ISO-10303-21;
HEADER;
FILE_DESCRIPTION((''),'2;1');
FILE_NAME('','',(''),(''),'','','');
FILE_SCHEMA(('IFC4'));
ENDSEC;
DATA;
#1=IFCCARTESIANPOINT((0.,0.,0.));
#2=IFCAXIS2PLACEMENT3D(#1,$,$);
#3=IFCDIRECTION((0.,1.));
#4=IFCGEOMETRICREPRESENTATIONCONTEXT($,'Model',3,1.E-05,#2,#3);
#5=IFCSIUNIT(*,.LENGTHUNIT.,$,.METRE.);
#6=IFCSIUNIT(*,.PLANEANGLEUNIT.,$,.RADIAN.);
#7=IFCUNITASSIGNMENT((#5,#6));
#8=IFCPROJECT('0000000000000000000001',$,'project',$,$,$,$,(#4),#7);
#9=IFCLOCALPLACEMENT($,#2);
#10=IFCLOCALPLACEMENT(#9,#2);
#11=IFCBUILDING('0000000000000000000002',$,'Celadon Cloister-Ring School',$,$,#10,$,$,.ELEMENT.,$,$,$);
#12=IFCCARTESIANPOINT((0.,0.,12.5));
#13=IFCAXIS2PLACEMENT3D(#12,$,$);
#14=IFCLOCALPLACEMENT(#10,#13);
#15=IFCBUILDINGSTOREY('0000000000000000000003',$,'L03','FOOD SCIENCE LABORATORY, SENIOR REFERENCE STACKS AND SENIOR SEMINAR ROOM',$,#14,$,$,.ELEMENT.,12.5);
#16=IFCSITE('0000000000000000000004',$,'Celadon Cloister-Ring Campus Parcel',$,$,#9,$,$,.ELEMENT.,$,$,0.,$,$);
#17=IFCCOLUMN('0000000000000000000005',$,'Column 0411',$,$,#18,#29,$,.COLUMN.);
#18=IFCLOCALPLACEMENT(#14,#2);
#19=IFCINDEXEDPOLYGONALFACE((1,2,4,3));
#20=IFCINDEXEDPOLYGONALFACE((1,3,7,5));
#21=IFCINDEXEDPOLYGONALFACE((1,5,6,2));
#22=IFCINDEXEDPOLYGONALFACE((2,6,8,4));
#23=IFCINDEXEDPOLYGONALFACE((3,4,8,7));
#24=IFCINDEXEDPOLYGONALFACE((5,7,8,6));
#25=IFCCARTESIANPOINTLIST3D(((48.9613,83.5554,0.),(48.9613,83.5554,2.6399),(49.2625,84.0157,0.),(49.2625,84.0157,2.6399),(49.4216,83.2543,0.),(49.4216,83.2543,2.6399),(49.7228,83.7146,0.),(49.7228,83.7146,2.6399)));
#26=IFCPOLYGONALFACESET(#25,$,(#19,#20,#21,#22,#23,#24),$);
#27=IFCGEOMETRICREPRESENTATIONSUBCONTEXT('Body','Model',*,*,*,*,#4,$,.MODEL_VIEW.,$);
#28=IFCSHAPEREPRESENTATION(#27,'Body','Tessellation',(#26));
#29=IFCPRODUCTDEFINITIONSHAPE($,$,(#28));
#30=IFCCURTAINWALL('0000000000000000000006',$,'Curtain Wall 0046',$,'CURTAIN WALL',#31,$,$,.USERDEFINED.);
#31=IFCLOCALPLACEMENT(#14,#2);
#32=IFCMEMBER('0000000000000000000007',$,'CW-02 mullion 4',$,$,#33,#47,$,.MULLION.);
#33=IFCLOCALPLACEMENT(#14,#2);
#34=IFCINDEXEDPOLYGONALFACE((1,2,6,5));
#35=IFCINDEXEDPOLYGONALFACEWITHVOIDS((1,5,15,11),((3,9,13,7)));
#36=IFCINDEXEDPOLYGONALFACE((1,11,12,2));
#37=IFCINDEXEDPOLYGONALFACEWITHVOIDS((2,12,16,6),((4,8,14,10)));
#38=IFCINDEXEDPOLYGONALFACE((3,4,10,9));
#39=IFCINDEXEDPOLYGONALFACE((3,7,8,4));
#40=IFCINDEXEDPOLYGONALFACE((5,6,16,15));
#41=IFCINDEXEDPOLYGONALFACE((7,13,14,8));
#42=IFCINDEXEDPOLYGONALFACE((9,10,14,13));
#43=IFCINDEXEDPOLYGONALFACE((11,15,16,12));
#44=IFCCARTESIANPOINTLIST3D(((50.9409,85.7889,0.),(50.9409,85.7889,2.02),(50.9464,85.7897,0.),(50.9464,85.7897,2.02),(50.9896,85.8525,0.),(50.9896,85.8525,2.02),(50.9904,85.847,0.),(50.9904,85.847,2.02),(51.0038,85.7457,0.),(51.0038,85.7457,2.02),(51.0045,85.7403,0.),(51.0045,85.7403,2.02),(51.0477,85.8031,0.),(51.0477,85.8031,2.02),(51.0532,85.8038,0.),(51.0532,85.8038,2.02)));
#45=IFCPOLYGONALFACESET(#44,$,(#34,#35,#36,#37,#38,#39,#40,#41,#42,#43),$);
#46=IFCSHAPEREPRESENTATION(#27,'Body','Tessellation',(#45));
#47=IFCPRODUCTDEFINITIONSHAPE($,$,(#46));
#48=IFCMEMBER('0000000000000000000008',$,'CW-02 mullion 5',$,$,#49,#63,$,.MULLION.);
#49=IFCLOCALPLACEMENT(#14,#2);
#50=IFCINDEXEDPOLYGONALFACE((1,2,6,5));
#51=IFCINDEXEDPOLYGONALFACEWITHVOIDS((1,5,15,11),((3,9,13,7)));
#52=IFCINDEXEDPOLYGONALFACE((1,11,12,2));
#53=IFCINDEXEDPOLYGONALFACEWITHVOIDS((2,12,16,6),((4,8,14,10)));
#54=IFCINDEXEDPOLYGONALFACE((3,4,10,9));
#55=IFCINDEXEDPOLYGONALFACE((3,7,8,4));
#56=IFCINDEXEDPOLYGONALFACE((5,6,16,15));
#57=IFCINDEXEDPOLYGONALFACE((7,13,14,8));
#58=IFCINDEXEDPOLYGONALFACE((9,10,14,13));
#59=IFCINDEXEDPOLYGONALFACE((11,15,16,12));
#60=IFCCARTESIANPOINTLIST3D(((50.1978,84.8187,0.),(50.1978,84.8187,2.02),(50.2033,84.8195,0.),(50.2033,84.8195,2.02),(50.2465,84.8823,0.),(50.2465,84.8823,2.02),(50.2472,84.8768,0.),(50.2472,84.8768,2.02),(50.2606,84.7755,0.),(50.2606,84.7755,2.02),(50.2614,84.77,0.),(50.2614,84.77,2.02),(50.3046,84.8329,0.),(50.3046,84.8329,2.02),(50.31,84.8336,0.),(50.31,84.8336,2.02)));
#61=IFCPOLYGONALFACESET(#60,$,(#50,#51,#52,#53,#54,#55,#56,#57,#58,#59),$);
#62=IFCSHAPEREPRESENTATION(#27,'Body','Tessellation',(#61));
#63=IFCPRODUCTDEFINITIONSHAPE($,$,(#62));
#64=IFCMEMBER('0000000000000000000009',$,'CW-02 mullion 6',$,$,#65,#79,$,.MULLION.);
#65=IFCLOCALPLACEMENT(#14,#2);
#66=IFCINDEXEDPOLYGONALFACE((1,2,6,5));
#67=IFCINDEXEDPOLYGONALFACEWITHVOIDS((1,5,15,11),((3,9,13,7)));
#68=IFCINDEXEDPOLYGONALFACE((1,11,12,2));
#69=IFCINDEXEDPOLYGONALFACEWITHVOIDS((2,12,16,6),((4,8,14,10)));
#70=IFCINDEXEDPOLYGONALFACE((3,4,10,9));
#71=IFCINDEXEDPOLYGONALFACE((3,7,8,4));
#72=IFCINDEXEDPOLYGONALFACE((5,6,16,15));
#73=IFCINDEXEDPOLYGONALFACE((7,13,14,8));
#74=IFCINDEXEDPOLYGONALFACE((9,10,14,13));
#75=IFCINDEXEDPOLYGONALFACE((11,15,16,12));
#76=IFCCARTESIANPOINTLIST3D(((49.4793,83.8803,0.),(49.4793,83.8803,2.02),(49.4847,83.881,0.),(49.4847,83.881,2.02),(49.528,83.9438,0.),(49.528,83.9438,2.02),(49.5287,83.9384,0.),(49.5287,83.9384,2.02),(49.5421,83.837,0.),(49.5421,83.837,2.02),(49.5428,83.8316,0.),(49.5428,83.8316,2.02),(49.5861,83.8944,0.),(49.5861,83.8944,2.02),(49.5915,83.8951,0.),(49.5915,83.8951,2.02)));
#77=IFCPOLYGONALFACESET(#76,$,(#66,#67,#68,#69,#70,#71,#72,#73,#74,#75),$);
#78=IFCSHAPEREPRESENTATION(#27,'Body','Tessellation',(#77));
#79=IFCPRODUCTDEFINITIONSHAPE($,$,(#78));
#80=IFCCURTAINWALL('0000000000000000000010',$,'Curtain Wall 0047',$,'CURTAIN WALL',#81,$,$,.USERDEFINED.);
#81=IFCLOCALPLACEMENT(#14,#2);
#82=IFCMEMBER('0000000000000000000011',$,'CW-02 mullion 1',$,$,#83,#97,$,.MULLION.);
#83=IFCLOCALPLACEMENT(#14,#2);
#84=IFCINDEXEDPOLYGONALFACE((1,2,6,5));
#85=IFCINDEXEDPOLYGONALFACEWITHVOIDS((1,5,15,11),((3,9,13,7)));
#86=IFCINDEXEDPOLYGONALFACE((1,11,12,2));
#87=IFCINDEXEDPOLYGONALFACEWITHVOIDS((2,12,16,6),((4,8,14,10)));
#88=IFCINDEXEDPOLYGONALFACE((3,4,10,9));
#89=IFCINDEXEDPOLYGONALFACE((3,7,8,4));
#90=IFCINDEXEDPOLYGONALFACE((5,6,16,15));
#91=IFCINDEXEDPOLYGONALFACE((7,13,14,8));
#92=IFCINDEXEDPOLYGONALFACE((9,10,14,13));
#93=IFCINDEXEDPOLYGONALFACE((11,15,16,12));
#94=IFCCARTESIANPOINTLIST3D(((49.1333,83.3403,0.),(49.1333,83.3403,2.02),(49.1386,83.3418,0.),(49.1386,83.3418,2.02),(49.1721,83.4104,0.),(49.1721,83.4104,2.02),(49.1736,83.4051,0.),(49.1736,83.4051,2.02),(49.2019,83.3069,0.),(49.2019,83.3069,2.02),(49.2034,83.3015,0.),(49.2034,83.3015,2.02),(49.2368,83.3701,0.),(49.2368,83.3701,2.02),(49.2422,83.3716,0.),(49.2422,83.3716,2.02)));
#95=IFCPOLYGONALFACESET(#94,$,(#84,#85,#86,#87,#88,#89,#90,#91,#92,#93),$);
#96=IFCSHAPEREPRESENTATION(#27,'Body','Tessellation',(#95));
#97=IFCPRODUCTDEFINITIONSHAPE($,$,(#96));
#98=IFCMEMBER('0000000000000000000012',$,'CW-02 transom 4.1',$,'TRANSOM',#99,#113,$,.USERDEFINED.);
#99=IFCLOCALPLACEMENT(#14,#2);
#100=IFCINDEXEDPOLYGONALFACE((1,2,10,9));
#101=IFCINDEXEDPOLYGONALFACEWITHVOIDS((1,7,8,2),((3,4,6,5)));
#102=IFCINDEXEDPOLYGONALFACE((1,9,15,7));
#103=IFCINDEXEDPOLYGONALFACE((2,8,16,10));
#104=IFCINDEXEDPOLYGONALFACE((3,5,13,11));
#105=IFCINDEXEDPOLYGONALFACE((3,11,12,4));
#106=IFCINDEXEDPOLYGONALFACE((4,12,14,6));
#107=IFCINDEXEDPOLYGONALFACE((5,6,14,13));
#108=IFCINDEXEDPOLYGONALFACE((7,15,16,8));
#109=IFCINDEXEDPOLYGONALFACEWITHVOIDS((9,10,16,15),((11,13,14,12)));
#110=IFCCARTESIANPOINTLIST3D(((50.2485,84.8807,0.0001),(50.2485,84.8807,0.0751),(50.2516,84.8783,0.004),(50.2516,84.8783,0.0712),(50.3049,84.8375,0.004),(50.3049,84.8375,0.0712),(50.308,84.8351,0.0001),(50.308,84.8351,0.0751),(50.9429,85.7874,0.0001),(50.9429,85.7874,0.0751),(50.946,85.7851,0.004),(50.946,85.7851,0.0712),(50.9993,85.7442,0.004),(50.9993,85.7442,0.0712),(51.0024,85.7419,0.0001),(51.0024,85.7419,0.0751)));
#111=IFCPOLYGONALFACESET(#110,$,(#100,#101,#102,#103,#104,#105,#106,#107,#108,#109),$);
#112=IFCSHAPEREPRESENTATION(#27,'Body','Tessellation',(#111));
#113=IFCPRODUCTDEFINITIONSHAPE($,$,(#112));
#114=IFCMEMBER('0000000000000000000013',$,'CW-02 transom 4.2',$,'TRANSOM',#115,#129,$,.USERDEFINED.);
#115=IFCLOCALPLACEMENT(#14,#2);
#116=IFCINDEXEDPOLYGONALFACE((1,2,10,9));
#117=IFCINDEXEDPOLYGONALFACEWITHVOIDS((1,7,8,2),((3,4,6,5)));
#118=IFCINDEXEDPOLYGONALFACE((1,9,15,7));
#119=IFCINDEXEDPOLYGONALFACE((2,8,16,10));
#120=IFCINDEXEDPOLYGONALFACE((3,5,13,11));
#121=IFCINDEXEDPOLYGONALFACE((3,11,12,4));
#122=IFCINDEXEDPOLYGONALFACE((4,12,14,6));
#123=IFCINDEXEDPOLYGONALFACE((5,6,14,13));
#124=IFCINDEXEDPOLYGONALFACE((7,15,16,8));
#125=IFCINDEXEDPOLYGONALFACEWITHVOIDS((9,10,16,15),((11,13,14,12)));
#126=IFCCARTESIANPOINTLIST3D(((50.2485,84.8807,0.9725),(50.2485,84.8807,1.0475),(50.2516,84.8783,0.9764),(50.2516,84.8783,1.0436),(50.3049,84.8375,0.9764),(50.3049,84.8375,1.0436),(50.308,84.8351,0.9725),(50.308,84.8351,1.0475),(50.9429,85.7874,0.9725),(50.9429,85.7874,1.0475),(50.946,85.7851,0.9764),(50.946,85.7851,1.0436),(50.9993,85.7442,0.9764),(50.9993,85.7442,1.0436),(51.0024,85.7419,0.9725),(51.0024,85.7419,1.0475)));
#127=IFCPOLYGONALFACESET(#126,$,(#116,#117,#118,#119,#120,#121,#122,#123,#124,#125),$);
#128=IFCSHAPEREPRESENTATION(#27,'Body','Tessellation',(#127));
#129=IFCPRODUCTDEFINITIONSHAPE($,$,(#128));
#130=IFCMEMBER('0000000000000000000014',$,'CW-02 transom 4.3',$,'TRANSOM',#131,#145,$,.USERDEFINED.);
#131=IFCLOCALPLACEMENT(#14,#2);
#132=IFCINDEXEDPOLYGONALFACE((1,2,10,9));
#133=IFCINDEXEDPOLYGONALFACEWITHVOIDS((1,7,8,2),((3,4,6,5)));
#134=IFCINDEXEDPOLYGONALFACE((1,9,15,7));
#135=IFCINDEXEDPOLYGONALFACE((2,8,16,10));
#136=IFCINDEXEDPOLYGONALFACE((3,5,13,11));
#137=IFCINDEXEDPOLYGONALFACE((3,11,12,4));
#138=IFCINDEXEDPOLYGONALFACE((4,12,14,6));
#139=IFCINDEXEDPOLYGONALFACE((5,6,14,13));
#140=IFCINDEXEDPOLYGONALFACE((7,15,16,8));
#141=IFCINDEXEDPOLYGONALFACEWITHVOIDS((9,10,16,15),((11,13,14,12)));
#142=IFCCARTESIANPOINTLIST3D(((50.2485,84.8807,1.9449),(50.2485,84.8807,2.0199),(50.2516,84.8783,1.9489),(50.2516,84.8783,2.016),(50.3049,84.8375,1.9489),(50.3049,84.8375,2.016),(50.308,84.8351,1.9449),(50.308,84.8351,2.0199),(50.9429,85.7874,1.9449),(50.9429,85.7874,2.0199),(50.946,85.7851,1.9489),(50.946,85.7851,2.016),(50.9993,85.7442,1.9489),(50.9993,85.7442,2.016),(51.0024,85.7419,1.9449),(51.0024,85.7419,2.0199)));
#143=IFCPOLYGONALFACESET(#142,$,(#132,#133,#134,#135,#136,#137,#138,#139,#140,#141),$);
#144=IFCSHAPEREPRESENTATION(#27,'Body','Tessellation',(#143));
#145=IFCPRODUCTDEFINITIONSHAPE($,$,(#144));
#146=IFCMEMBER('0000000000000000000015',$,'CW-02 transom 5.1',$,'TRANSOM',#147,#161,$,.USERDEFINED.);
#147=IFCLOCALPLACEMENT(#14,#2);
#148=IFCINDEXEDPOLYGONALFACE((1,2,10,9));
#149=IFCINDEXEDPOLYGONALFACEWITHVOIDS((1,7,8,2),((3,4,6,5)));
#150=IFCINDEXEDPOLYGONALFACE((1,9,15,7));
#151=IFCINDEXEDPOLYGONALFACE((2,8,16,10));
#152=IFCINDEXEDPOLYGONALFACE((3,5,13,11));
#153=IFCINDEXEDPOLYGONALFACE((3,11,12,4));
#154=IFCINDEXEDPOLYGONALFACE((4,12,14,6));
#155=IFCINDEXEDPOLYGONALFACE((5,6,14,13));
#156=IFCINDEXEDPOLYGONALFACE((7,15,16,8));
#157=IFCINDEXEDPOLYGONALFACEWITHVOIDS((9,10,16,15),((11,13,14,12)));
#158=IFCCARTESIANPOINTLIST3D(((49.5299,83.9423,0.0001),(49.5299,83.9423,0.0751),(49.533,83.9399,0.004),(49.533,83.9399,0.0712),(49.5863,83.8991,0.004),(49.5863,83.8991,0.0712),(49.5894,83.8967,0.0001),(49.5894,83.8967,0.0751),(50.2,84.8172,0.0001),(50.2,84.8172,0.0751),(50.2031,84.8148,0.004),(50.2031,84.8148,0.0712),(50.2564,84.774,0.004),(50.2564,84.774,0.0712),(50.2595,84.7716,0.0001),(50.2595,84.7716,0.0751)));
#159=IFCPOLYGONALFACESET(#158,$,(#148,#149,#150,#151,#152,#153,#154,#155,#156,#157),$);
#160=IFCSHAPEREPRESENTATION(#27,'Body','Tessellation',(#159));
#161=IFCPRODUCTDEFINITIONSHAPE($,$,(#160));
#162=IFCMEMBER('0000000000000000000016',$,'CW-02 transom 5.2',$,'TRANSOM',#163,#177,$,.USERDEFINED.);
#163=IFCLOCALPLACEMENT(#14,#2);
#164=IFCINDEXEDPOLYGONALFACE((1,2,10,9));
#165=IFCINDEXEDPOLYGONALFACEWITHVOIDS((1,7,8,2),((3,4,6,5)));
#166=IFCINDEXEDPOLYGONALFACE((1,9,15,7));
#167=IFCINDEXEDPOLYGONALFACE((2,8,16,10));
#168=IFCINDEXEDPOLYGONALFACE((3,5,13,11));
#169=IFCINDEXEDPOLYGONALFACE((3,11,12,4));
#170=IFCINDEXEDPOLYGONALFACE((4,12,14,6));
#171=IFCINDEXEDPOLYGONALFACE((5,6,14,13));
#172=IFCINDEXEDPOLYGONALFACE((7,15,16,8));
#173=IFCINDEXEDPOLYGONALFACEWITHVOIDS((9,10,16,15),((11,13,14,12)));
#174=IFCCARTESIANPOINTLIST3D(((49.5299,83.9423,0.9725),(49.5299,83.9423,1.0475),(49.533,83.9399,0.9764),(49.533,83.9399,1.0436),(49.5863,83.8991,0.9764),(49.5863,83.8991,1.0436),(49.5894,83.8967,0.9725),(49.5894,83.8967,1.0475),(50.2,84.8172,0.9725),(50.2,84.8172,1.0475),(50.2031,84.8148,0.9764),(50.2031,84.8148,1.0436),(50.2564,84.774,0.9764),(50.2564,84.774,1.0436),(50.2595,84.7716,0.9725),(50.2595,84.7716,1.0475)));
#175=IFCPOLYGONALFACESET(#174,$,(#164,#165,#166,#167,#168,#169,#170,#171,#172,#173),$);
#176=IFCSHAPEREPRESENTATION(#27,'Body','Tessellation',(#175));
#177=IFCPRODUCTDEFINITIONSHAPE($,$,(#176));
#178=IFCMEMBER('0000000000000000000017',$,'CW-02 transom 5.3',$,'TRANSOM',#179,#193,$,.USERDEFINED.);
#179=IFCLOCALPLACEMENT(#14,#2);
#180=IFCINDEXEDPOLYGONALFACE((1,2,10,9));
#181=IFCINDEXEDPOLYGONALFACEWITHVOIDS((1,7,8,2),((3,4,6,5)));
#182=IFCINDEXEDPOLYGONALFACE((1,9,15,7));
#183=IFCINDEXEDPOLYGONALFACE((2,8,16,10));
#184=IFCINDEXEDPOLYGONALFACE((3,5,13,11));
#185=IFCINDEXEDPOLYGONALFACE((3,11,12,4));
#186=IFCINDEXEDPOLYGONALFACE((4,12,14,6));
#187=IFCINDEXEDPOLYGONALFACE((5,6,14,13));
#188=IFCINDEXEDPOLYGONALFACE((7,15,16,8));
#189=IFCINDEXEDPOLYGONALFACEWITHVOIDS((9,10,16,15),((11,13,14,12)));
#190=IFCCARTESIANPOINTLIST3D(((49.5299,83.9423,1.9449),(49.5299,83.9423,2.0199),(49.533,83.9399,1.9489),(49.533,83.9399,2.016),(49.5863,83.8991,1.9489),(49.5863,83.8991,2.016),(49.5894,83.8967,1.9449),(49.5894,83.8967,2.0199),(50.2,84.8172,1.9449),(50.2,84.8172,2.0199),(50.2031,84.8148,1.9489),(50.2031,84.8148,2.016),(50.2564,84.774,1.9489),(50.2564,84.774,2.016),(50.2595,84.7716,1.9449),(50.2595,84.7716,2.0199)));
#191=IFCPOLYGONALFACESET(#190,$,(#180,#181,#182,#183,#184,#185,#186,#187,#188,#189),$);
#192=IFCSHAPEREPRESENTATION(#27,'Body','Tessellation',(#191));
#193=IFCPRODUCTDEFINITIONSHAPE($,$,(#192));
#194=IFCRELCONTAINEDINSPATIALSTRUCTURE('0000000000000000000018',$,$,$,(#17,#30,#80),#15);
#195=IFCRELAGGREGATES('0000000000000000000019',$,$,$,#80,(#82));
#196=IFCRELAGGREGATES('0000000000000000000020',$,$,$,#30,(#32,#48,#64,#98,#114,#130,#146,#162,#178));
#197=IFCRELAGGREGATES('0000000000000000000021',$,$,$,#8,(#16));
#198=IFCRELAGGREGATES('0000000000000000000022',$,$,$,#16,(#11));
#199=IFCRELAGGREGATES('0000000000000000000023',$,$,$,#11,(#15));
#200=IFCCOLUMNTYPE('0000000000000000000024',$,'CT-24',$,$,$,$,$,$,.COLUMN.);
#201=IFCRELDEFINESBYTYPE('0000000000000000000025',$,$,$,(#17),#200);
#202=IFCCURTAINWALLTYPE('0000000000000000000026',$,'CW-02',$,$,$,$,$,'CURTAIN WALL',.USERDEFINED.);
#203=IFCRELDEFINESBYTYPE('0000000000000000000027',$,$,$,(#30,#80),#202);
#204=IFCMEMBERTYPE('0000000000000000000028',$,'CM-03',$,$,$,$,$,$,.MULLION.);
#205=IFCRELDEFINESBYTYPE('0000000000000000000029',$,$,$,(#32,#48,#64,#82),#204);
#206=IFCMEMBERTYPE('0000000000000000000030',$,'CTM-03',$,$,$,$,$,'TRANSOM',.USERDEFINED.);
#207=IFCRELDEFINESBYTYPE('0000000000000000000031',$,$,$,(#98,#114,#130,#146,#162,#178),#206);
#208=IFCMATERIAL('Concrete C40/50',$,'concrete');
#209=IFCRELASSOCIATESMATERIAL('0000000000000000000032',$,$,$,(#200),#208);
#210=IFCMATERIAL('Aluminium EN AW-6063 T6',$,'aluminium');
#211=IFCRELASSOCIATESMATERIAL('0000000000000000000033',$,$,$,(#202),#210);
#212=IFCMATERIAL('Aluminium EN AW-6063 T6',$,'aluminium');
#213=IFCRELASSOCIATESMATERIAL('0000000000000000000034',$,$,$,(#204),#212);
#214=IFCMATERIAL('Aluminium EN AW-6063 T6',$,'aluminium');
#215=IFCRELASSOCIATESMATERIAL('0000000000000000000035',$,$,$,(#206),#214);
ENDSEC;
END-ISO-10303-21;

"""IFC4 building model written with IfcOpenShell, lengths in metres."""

from ifc_helpers import new_model, si_unit, direction, frame, origin, origin_2d, place, context, subcontext, project, spatial, rectangle, hollow_rectangle, extrude, material, material_profile, profile_set, type_object, element, aggregate, save


model = new_model("IFC4")

# Units and contexts
model_context = context("Model", 3, precision=1e-05, world=origin(), true_north=direction((0.0, 1.0)))
body_context = subcontext(model_context, "Body", "Model", "MODEL_VIEW")
ifc_project = project(units=[si_unit("LENGTHUNIT", "METRE"), si_unit("PLANEANGLEUNIT", "RADIAN")], contexts=[model_context])

# Site, building, storey
site_placement = place(None, origin())
site = spatial("IfcSite", under=ifc_project, at=site_placement, Name="Celadon Cloister-Ring Campus Parcel", CompositionType="ELEMENT", RefElevation=0.0)
building_placement = place(site_placement, origin())
building = spatial("IfcBuilding", under=site, at=building_placement, Name="Celadon Cloister-Ring School", CompositionType="ELEMENT")
storey_placement = place(building_placement, frame((0.0, 0.0, 12.5)))
storey = spatial("IfcBuildingStorey", under=building, at=storey_placement, Name="L03", Description="FOOD SCIENCE LABORATORY, SENIOR REFERENCE STACKS AND SENIOR SEMINAR ROOM", CompositionType="ELEMENT", Elevation=12.5)

# Column
ifc_material_1 = material(Name="Concrete C40/50", Category="concrete")
ifc_material_profile_1 = material_profile(ifc_material_1, rectangle(XDim=0.55, YDim=0.55, at=origin_2d()), Name="RC550X550")
ifc_profile_set_1 = profile_set([ifc_material_profile_1], Name="Concrete C40/50")
column_type = type_object("IfcColumnType", Name="CT-24", PredefinedType="COLUMN", material=ifc_profile_set_1)
column_placement = place(storey_placement, frame((49.342, 83.635, 0.0), z_axis=(0.0, 0.0, 1.0), x_axis=(-0.836841, 0.547446, 0.0)))
element("IfcColumn", 1, at=column_placement, inside=storey, type_object=column_type, Name="Column 0411", PredefinedType="COLUMN", context=body_context, shape_type="SweptSolid", body=[
    extrude(rectangle(XDim=0.55, YDim=0.55, at=origin_2d()), origin(), (0.0, 0.0, 1.0), 2.6399),
])

# Curtain wall, members
ifc_material_2 = material(Name="Aluminium EN AW-6063 T6", Category="aluminium")
curtain_wall_type = type_object("IfcCurtainWallType", Name="CW-02", ElementType="CURTAIN WALL", PredefinedType="USERDEFINED", material=ifc_material_2)
curtain_wall_1_placement = place(storey_placement, origin())
curtain_wall_1 = element("IfcCurtainWall", 2, at=curtain_wall_1_placement, inside=storey, type_object=curtain_wall_type, Name="Curtain Wall 0046", ObjectType="CURTAIN WALL", PredefinedType="USERDEFINED")
ifc_material_3 = material(Name="Aluminium EN AW-6063 T6", Category="aluminium")
ifc_material_profile_2 = material_profile(ifc_material_3, hollow_rectangle(XDim=0.0801, YDim=0.0801, WallThickness=0.0039, at=origin_2d()), Name="RHS80X80X4")
ifc_profile_set_2 = profile_set([ifc_material_profile_2], Name="Aluminium EN AW-6063 T6")
member_type_1 = type_object("IfcMemberType", Name="CM-03", PredefinedType="MULLION", material=ifc_profile_set_2)
member_1_placement = place(storey_placement, frame((50.9971, 85.7964, 0.0), z_axis=(0.0, 0.0, 1.0), x_axis=(0.79393, -0.608009, 0.0)))
member_1 = element("IfcMember", 3, at=member_1_placement, type_object=member_type_1, Name="CW-02 mullion 4", PredefinedType="MULLION", context=body_context, shape_type="SweptSolid", body=[
    extrude(hollow_rectangle(XDim=0.0801, YDim=0.0801, WallThickness=0.0039, at=origin_2d()), origin(), (0.0, 0.0, 1.0), 2.02),
])
member_2_placement = place(storey_placement, frame((50.2539, 84.8262, 0.0), z_axis=(0.0, 0.0, 1.0), x_axis=(0.79393, -0.608009, 0.0)))
member_2 = element("IfcMember", 4, at=member_2_placement, type_object=member_type_1, Name="CW-02 mullion 5", PredefinedType="MULLION", context=body_context, shape_type="SweptSolid", body=[
    extrude(hollow_rectangle(XDim=0.0801, YDim=0.0801, WallThickness=0.0039, at=origin_2d()), origin(), (0.0, 0.0, 1.0), 2.02),
])
member_3_placement = place(storey_placement, frame((49.5354, 83.8877, 0.0), z_axis=(0.0, 0.0, 1.0), x_axis=(0.79393, -0.608009, 0.0)))
member_3 = element("IfcMember", 5, at=member_3_placement, type_object=member_type_1, Name="CW-02 mullion 6", PredefinedType="MULLION", context=body_context, shape_type="SweptSolid", body=[
    extrude(hollow_rectangle(XDim=0.0801, YDim=0.0801, WallThickness=0.0039, at=origin_2d()), origin(), (0.0, 0.0, 1.0), 2.02),
])

# Curtain wall, member
curtain_wall_2_placement = place(storey_placement, origin())
curtain_wall_2 = element("IfcCurtainWall", 6, at=curtain_wall_2_placement, inside=storey, type_object=curtain_wall_type, Name="Curtain Wall 0047", ObjectType="CURTAIN WALL", PredefinedType="USERDEFINED")
member_4_placement = place(storey_placement, frame((49.1877, 83.356, 0.0), z_axis=(0.0, 0.0, 1.0), x_axis=(0.875128, -0.483891, 0.0)))
member_4 = element("IfcMember", 7, at=member_4_placement, type_object=member_type_1, Name="CW-02 mullion 1", PredefinedType="MULLION", context=body_context, shape_type="SweptSolid", body=[
    extrude(hollow_rectangle(XDim=0.0801, YDim=0.0801, WallThickness=0.0039, at=origin_2d()), origin(), (0.0, 0.0, 1.0), 2.02),
])

# Members
ifc_material_4 = material(Name="Aluminium EN AW-6063 T6", Category="aluminium")
ifc_material_profile_3 = material_profile(ifc_material_4, hollow_rectangle(XDim=0.075, YDim=0.075, WallThickness=0.0039, at=origin_2d()), Name="RHS75X75X4")
ifc_profile_set_3 = profile_set([ifc_material_profile_3], Name="Aluminium EN AW-6063 T6")
member_type_2 = type_object("IfcMemberType", Name="CTM-03", ElementType="TRANSOM", PredefinedType="USERDEFINED", material=ifc_profile_set_3)
member_5_placement = place(storey_placement, frame((50.9727, 85.7646, 0.0376), z_axis=(-0.607974, -0.793957, 0.0), x_axis=(0.793957, -0.607974, 0.0)))
member_5 = element("IfcMember", 8, at=member_5_placement, type_object=member_type_2, Name="CW-02 transom 4.1", ObjectType="TRANSOM", PredefinedType="USERDEFINED", context=body_context, shape_type="SweptSolid", body=[
    extrude(hollow_rectangle(XDim=0.075, YDim=0.075, WallThickness=0.0039, at=origin_2d()), origin(), (0.0, 0.0, 1.0), 1.1421),
])
member_6_placement = place(storey_placement, frame((50.9727, 85.7646, 1.01), z_axis=(-0.607974, -0.793957, 0.0), x_axis=(0.793957, -0.607974, 0.0)))
member_6 = element("IfcMember", 9, at=member_6_placement, type_object=member_type_2, Name="CW-02 transom 4.2", ObjectType="TRANSOM", PredefinedType="USERDEFINED", context=body_context, shape_type="SweptSolid", body=[
    extrude(hollow_rectangle(XDim=0.075, YDim=0.075, WallThickness=0.0039, at=origin_2d()), origin(), (0.0, 0.0, 1.0), 1.1421),
])
member_7_placement = place(storey_placement, frame((50.9727, 85.7646, 1.9824), z_axis=(-0.607974, -0.793957, 0.0), x_axis=(0.793957, -0.607974, 0.0)))
member_7 = element("IfcMember", 10, at=member_7_placement, type_object=member_type_2, Name="CW-02 transom 4.3", ObjectType="TRANSOM", PredefinedType="USERDEFINED", context=body_context, shape_type="SweptSolid", body=[
    extrude(hollow_rectangle(XDim=0.075, YDim=0.075, WallThickness=0.0039, at=origin_2d()), origin(), (0.0, 0.0, 1.0), 1.1421),
])
member_8_placement = place(storey_placement, frame((50.2297, 84.7944, 0.0376), z_axis=(-0.60805, -0.793899, 0.0), x_axis=(0.793899, -0.60805, 0.0)))
member_8 = element("IfcMember", 11, at=member_8_placement, type_object=member_type_2, Name="CW-02 transom 5.1", ObjectType="TRANSOM", PredefinedType="USERDEFINED", context=body_context, shape_type="SweptSolid", body=[
    extrude(hollow_rectangle(XDim=0.075, YDim=0.075, WallThickness=0.0039, at=origin_2d()), origin(), (0.0, 0.0, 1.0), 1.1021),
])
member_9_placement = place(storey_placement, frame((50.2297, 84.7944, 1.01), z_axis=(-0.60805, -0.793899, 0.0), x_axis=(0.793899, -0.60805, 0.0)))
member_9 = element("IfcMember", 12, at=member_9_placement, type_object=member_type_2, Name="CW-02 transom 5.2", ObjectType="TRANSOM", PredefinedType="USERDEFINED", context=body_context, shape_type="SweptSolid", body=[
    extrude(hollow_rectangle(XDim=0.075, YDim=0.075, WallThickness=0.0039, at=origin_2d()), origin(), (0.0, 0.0, 1.0), 1.1021),
])
member_10_placement = place(storey_placement, frame((50.2297, 84.7944, 1.9824), z_axis=(-0.60805, -0.793899, 0.0), x_axis=(0.793899, -0.60805, 0.0)))
member_10 = element("IfcMember", 13, at=member_10_placement, type_object=member_type_2, Name="CW-02 transom 5.3", ObjectType="TRANSOM", PredefinedType="USERDEFINED", context=body_context, shape_type="SweptSolid", body=[
    extrude(hollow_rectangle(XDim=0.075, YDim=0.075, WallThickness=0.0039, at=origin_2d()), origin(), (0.0, 0.0, 1.0), 1.1021),
])
aggregate(curtain_wall_2, [member_4])

aggregate(curtain_wall_1, [member_1, member_2, member_3, member_5, member_6, member_7, member_8, member_9, member_10])

save(model, "model.ifc")
